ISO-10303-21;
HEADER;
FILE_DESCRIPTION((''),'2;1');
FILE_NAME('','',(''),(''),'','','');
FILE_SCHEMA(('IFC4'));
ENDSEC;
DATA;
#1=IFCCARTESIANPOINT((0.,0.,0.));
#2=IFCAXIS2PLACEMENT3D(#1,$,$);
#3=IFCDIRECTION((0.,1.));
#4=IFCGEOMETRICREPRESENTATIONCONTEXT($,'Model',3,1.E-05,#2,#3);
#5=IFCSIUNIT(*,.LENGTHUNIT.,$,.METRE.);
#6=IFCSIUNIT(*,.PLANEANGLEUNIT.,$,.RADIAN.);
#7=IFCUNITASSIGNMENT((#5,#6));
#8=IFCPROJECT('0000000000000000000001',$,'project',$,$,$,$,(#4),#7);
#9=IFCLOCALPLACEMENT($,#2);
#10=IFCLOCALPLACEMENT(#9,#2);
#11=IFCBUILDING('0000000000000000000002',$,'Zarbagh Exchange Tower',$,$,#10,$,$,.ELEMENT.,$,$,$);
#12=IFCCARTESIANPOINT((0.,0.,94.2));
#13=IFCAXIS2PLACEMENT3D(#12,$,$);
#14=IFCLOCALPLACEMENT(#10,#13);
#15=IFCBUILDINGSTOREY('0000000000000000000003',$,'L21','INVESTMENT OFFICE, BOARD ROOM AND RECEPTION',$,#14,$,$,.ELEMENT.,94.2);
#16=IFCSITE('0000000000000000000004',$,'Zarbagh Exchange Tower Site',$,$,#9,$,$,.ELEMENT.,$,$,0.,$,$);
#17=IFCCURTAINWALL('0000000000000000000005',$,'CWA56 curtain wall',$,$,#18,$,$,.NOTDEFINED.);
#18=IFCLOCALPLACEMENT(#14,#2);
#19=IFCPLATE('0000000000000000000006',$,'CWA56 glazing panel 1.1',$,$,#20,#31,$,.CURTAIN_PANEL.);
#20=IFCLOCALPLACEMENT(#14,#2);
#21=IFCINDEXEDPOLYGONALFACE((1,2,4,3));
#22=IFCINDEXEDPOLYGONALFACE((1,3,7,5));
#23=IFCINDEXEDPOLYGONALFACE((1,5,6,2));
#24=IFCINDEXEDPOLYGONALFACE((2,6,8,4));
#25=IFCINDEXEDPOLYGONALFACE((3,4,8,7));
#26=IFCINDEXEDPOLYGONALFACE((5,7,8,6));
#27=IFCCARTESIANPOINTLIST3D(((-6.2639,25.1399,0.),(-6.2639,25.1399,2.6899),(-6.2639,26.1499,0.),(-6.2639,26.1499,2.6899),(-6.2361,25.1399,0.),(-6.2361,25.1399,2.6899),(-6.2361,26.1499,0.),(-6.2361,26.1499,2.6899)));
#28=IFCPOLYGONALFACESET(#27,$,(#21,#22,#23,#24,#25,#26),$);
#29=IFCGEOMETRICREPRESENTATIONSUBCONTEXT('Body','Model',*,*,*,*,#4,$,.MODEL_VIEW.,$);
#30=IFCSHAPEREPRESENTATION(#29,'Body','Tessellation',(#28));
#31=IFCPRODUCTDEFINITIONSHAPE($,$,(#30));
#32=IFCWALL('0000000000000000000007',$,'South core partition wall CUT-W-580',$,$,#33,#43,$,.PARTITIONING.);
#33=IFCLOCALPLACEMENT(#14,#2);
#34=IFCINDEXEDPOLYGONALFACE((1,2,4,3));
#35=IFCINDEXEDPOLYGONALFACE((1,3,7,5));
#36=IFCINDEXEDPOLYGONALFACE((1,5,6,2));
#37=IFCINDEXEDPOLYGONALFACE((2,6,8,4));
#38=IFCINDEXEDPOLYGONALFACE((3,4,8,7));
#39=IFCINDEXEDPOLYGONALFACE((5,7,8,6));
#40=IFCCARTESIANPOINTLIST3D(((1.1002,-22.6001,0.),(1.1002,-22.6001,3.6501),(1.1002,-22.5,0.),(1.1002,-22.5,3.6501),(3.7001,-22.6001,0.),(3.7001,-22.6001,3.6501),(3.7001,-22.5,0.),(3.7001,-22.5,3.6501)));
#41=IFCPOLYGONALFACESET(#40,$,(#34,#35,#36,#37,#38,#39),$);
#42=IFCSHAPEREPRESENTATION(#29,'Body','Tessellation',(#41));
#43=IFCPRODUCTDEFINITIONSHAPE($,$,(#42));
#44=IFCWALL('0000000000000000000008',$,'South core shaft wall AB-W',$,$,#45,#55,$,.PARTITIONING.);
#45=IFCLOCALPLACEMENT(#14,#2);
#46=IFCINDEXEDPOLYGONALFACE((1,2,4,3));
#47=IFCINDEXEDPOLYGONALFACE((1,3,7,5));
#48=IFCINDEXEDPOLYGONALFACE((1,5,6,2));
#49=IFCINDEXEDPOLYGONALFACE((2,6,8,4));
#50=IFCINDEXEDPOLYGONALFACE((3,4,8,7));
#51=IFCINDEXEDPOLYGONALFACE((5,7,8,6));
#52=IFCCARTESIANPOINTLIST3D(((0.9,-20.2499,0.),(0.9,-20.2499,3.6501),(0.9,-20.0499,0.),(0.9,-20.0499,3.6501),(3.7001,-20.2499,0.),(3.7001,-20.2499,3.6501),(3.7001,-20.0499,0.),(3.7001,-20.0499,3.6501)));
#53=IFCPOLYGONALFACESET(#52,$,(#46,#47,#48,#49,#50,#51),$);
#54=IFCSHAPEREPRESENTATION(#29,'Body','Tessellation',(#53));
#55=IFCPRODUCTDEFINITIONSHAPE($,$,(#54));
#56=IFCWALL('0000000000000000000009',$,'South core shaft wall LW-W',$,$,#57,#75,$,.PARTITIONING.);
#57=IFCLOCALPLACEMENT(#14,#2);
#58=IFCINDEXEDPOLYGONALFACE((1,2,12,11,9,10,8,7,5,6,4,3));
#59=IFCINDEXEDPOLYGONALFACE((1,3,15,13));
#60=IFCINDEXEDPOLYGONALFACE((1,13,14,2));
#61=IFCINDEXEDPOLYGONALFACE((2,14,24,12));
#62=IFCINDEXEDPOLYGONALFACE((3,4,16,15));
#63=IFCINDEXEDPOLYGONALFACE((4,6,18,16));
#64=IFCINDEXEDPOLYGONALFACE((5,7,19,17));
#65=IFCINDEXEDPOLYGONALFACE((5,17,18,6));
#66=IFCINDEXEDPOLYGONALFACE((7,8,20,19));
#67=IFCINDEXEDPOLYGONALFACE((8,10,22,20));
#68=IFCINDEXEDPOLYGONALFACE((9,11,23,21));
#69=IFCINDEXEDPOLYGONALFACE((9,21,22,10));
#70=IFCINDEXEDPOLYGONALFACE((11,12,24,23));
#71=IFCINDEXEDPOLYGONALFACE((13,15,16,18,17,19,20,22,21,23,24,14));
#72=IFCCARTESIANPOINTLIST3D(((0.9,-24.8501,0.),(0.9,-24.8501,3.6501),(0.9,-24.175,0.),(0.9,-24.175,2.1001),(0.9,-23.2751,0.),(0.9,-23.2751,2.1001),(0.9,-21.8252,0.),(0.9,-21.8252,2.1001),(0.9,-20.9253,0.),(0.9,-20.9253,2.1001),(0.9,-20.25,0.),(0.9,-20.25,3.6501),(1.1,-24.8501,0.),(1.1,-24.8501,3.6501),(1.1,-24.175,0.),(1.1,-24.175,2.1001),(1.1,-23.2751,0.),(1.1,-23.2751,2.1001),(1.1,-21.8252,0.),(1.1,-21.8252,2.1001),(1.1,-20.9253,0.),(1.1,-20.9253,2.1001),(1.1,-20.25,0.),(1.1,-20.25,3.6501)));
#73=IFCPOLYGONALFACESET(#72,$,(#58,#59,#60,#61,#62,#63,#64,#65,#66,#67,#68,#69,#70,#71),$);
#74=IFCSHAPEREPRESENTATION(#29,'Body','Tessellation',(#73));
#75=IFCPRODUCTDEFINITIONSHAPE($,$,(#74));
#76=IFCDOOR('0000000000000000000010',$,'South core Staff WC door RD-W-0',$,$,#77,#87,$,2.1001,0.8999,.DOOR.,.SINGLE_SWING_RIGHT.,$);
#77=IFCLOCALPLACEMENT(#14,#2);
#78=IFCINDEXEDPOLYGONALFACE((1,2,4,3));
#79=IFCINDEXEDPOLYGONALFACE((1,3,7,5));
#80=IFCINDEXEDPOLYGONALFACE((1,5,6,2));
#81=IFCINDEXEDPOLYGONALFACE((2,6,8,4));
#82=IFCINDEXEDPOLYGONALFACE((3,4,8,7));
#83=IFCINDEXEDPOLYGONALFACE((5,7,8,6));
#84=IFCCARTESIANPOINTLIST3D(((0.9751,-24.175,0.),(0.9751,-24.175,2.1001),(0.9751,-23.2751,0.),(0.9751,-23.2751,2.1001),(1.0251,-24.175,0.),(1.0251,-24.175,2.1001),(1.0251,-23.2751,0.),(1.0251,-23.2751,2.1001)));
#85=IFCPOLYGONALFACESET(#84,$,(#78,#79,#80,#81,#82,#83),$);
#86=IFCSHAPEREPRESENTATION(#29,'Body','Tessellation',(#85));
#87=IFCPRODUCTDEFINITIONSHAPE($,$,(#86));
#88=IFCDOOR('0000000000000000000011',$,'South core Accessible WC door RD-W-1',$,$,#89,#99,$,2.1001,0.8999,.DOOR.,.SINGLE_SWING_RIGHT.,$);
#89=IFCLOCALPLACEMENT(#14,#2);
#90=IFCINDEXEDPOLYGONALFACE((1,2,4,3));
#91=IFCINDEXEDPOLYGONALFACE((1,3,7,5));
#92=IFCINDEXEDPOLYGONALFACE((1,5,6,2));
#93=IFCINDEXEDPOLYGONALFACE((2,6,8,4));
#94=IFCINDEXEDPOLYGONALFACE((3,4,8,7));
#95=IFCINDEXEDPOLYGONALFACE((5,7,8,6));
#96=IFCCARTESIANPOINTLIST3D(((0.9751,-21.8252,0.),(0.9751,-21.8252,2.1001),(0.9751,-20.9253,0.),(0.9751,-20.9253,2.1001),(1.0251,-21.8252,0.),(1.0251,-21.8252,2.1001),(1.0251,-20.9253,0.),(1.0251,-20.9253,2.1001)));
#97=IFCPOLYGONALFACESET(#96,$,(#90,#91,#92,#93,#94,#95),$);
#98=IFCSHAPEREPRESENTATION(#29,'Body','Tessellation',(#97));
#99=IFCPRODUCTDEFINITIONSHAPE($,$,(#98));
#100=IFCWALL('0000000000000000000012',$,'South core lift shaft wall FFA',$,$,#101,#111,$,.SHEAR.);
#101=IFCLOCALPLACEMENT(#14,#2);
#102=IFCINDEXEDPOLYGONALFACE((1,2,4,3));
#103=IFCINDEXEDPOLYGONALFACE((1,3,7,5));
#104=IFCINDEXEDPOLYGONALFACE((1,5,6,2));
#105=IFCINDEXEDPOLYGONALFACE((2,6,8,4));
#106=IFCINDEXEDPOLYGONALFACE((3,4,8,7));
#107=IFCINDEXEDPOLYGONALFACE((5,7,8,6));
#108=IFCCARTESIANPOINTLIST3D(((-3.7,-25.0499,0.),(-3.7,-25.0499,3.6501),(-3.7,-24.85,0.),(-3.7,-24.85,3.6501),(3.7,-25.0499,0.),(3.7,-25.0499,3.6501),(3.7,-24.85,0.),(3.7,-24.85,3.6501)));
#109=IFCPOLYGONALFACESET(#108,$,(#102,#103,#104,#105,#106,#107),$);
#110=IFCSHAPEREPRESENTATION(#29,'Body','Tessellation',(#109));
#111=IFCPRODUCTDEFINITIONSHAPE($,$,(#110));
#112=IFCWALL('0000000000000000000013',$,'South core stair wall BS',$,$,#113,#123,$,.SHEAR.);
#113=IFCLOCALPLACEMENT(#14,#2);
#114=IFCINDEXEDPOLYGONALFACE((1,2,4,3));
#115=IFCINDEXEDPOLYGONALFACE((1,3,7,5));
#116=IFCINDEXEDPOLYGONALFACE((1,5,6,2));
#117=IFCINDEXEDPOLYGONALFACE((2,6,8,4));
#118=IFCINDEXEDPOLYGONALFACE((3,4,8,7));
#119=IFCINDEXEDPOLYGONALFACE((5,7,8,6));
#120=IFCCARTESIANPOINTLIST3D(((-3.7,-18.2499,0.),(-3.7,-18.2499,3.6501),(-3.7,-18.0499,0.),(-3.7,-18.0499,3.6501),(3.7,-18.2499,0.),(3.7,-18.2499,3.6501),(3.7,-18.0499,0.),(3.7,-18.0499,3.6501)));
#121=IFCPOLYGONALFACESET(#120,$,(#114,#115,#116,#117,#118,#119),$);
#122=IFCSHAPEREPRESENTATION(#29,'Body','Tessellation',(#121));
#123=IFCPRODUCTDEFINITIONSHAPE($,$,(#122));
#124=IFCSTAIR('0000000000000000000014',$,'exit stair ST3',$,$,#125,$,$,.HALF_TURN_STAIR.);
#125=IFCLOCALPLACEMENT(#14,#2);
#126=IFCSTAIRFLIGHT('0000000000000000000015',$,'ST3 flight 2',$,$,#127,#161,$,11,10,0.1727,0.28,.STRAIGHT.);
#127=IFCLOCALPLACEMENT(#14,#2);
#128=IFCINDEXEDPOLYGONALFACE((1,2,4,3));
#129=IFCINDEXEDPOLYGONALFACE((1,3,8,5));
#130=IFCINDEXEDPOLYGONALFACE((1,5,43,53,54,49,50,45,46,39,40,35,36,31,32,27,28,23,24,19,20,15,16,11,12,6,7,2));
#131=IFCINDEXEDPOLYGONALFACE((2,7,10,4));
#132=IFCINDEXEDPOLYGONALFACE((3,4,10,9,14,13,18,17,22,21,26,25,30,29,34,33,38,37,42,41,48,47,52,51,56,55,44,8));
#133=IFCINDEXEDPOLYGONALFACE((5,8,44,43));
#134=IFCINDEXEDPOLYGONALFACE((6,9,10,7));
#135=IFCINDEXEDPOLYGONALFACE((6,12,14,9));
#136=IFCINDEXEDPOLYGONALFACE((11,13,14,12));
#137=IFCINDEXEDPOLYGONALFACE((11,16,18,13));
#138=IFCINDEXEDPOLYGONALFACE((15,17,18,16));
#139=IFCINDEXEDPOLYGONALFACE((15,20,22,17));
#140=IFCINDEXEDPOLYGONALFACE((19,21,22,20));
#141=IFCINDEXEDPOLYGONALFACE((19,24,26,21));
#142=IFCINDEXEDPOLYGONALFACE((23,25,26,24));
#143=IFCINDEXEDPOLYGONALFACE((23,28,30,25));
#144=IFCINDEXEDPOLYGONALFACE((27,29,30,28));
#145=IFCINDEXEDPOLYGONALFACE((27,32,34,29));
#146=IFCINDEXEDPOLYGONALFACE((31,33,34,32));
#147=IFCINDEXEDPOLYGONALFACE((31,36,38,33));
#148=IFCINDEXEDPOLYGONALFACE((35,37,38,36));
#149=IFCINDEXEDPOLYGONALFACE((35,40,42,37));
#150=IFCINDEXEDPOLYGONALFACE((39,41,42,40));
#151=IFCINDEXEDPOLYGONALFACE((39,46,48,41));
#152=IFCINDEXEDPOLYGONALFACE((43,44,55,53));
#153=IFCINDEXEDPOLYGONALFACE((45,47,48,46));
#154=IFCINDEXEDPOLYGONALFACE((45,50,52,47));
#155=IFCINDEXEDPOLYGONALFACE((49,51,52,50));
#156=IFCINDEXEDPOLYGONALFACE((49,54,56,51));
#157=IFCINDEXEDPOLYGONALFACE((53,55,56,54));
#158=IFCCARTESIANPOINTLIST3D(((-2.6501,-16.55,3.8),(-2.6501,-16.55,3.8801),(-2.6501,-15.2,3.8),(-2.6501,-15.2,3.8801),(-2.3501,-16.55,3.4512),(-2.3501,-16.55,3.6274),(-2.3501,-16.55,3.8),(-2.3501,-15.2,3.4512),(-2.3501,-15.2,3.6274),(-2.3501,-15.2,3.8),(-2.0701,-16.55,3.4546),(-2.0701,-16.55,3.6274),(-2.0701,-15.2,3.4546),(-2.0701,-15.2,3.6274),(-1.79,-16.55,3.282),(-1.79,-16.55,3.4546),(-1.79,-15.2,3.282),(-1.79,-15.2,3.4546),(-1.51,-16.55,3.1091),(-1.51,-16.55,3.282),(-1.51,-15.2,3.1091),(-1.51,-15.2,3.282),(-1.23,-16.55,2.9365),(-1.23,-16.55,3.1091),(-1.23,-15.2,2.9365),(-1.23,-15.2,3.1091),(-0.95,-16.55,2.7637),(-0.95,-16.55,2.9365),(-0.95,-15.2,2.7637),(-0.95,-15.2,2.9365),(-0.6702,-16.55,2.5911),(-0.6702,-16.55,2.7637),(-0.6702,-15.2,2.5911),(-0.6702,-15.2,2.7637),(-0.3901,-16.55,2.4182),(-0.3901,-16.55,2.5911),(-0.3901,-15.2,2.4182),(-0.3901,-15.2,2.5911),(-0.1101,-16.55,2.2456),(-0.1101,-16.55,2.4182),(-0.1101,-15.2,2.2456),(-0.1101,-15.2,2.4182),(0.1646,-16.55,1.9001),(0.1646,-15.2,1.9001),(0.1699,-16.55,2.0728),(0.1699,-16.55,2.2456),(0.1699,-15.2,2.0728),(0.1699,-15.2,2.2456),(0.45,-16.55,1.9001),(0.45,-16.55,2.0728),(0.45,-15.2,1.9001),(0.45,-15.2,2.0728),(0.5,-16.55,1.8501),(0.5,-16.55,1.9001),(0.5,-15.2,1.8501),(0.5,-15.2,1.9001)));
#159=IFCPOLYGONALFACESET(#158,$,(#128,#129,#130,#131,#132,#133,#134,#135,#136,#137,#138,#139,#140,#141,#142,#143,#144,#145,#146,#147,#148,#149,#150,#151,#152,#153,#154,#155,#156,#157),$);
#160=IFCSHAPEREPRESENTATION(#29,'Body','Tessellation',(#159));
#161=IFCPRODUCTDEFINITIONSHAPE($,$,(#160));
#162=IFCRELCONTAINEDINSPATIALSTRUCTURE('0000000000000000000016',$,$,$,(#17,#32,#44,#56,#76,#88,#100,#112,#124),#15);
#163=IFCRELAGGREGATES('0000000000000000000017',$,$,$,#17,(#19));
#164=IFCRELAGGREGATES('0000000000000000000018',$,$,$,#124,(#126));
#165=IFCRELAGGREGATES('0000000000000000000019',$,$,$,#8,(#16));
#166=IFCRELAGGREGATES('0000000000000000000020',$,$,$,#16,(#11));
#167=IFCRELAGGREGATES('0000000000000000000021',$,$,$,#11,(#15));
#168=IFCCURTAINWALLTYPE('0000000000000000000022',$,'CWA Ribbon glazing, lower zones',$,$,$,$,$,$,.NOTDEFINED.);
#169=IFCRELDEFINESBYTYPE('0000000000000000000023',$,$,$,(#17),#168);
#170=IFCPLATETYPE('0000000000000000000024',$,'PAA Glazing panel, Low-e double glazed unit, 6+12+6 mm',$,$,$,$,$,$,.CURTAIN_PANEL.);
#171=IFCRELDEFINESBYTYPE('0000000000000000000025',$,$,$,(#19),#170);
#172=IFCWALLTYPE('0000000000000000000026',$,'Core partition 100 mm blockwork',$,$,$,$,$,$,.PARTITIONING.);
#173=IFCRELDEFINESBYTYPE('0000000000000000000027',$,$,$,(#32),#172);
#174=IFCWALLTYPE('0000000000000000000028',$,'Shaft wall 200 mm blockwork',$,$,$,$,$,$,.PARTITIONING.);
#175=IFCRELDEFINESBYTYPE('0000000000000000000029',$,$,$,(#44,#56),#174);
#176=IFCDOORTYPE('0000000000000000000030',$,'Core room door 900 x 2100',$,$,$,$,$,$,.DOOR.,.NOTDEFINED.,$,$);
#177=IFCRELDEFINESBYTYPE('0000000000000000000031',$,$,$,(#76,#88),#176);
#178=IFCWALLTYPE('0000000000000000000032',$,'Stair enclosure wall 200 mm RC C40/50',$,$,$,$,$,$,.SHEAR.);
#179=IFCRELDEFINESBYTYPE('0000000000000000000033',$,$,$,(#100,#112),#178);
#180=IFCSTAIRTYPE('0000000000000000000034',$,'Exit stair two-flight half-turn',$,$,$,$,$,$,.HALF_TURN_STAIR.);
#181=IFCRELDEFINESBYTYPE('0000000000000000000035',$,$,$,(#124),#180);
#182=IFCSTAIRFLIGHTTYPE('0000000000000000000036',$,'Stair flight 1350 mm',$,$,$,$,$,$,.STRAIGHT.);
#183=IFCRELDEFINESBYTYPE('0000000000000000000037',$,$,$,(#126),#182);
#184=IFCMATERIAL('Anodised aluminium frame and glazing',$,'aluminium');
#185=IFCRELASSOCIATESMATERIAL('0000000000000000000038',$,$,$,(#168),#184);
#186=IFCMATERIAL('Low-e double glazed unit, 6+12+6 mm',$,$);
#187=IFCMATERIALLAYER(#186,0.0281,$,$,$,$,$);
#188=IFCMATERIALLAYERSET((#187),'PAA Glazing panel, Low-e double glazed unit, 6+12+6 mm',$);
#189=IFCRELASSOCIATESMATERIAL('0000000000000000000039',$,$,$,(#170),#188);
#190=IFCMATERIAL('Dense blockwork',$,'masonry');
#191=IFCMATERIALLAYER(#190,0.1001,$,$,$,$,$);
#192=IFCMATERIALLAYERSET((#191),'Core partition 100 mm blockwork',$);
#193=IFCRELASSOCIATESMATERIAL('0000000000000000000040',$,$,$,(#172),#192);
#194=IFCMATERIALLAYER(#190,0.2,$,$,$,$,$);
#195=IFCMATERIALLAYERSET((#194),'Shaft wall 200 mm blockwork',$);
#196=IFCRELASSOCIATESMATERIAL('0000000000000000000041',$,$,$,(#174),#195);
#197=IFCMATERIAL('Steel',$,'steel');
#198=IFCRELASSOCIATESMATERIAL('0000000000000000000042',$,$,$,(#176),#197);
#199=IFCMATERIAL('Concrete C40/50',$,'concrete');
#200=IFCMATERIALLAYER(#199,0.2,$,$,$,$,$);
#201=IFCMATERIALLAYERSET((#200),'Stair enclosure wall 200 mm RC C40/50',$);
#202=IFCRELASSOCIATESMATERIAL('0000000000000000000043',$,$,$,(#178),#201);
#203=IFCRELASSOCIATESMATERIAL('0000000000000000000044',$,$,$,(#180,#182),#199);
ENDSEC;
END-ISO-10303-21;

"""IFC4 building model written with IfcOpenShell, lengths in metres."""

from ifc_helpers import new_model, si_unit, direction, frame, frame_2d, origin, place, context, subcontext, project, spatial, polyline, rectangle, outline, extrude, source, transform, mapped, material, layer, layer_set, type_object, element, fill, aggregate, save


model = new_model("IFC4")

# Units and contexts
model_context = context("Model", 3, precision=1e-05, world=origin(), true_north=direction((0.0, 1.0)))
body_context = subcontext(model_context, "Body", "Model", "MODEL_VIEW")
ifc_project = project(units=[si_unit("LENGTHUNIT", "METRE"), si_unit("PLANEANGLEUNIT", "RADIAN")], contexts=[model_context])

# Site, building, storey
site_placement = place(None, origin())
site = spatial("IfcSite", under=ifc_project, at=site_placement, Name="Zarbagh Exchange Tower Site", CompositionType="ELEMENT", RefElevation=0.0)
building_placement = place(site_placement, origin())
building = spatial("IfcBuilding", under=site, at=building_placement, Name="Zarbagh Exchange Tower", CompositionType="ELEMENT")
storey_placement = place(building_placement, frame((0.0, 0.0, 94.2)))
storey = spatial("IfcBuildingStorey", under=building, at=storey_placement, Name="L21", Description="INVESTMENT OFFICE, BOARD ROOM AND RECEPTION", CompositionType="ELEMENT", Elevation=94.2)

# Shared definitions
ifc_material_1 = material(Name="Anodised aluminium frame and glazing", Category="aluminium")
curtain_wall_type = type_object("IfcCurtainWallType", Name="CWA Ribbon glazing, lower zones", PredefinedType="NOTDEFINED", material=ifc_material_1)
placement = place(storey_placement, origin())

# Curtain wall
curtain_wall_1_placement = place(storey_placement, origin())
curtain_wall_1 = element("IfcCurtainWall", 1, at=curtain_wall_1_placement, inside=storey, type_object=curtain_wall_type, Name="CWA56 curtain wall", PredefinedType="NOTDEFINED")

# Shared definitions
ifc_material_2 = material(Name="Low-e double glazed unit, 6+12+6 mm")
ifc_layer_1 = layer(ifc_material_2, 0.0281)
ifc_layer_set_1 = layer_set([ifc_layer_1], Name="PAA Glazing panel, Low-e double glazed unit, 6+12+6 mm")
plate_type = type_object("IfcPlateType", Name="PAA Glazing panel, Low-e double glazed unit, 6+12+6 mm", PredefinedType="CURTAIN_PANEL", material=ifc_layer_set_1)

# Plate
shared_shape_1 = source(origin(), body_context, "Body", "SweptSolid", [
    extrude(outline(polyline([(0.0, -0.0139), (1.01, -0.0139), (1.01, 0.0139), (0.0, 0.0139), (0.0, -0.0139)])), origin(), (0.0, 0.0, 1.0), 2.6899),
])
plate_1 = element("IfcPlate", 2, at=placement, type_object=plate_type, Name="CWA56 glazing panel 1.1", PredefinedType="CURTAIN_PANEL", context=body_context, shape_type="MappedRepresentation", body=[
    mapped(shared_shape_1, transform((-6.25, 26.1499, 0.0), x_axis=(0.0, -1.0, 0.0), y_axis=(1.0, 0.0, 0.0), z_axis=(0.0, 0.0, 1.0))),
])
aggregate(curtain_wall_1, [plate_1])

# Walls
ifc_material_3 = material(Name="Dense blockwork", Category="masonry")
ifc_layer_2 = layer(ifc_material_3, 0.1001)
ifc_layer_set_2 = layer_set([ifc_layer_2], Name="Core partition 100 mm blockwork")
wall_type_1 = type_object("IfcWallType", Name="Core partition 100 mm blockwork", PredefinedType="PARTITIONING", material=ifc_layer_set_2)
wall_1_placement = place(storey_placement, frame((3.7, -22.55, 0.0), z_axis=(0.0, 0.0, 1.0), x_axis=(-1.0, 0.0, 0.0)))
element("IfcWall", 3, at=wall_1_placement, inside=storey, type_object=wall_type_1, Name="South core partition wall CUT-W-580", PredefinedType="PARTITIONING", context=body_context, shape_type="SweptSolid", body=[
    extrude(rectangle(XDim=2.5999, YDim=0.1001, at=frame_2d((1.2998, 0.0))), origin(), (0.0, 0.0, 1.0), 3.6501),
])
ifc_layer_3 = layer(ifc_material_3, 0.2)
ifc_layer_set_3 = layer_set([ifc_layer_3], Name="Shaft wall 200 mm blockwork")
wall_type_2 = type_object("IfcWallType", Name="Shaft wall 200 mm blockwork", PredefinedType="PARTITIONING", material=ifc_layer_set_3)
wall_2_placement = place(storey_placement, frame((3.7, -20.1499, 0.0), z_axis=(0.0, 0.0, 1.0), x_axis=(-1.0, 0.0, 0.0)))
element("IfcWall", 4, at=wall_2_placement, inside=storey, type_object=wall_type_2, Name="South core shaft wall AB-W", PredefinedType="PARTITIONING", context=body_context, shape_type="SweptSolid", body=[
    extrude(rectangle(XDim=2.8, YDim=0.2, at=frame_2d((1.3999, 0.0))), origin(), (0.0, 0.0, 1.0), 3.6501),
])

# Wall, openings, doors
wall_3_placement = place(storey_placement, frame((1.0, -24.8501, 0.0), z_axis=(0.0, 0.0, 1.0), x_axis=(0.0, 1.0, 0.0)))
wall_3 = element("IfcWall", 5, at=wall_3_placement, inside=storey, type_object=wall_type_2, Name="South core shaft wall LW-W", PredefinedType="PARTITIONING", context=body_context, shape_type="SweptSolid", body=[
    extrude(rectangle(XDim=4.6001, YDim=0.2, at=frame_2d((2.3, 0.0))), origin(), (0.0, 0.0, 1.0), 3.6501),
])
opening_1_placement = place(wall_3_placement, frame((0.675, 0.0, 0.0)))
opening_1 = element("IfcOpeningElement", 6, at=opening_1_placement, cuts=wall_3, PredefinedType="OPENING", context=body_context, shape_type="SweptSolid", body=[
    extrude(rectangle(XDim=0.8999, YDim=2.1001, at=frame_2d((0.45, 1.05))), frame((0.0, 0.1099, 0.0), z_axis=(0.0, -1.0, 0.0), x_axis=(1.0, 0.0, 0.0)), (0.0, 0.0, 1.0), 0.22),
])
opening_2_placement = place(wall_3_placement, frame((3.0249, 0.0, 0.0)))
opening_2 = element("IfcOpeningElement", 7, at=opening_2_placement, cuts=wall_3, PredefinedType="OPENING", context=body_context, shape_type="SweptSolid", body=[
    extrude(rectangle(XDim=0.8999, YDim=2.1001, at=frame_2d((0.45, 1.05))), frame((0.0, 0.1099, 0.0), z_axis=(0.0, -1.0, 0.0), x_axis=(1.0, 0.0, 0.0)), (0.0, 0.0, 1.0), 0.22),
])
ifc_material_4 = material(Name="Steel", Category="steel")
door_type = type_object("IfcDoorType", Name="Core room door 900 x 2100", OperationType="NOTDEFINED", PredefinedType="DOOR", material=ifc_material_4)
door_1_placement = place(opening_1_placement, origin())
door_1 = element("IfcDoor", 8, at=door_1_placement, inside=storey, type_object=door_type, Name="South core Staff WC door RD-W-0", OperationType="SINGLE_SWING_RIGHT", OverallHeight=2.1001, OverallWidth=0.8999, PredefinedType="DOOR", context=body_context, shape_type="SweptSolid", body=[
    extrude(rectangle(XDim=0.8999, YDim=2.1001, at=frame_2d((0.45, 1.05))), frame((0.0, 0.0249, 0.0), z_axis=(0.0, -1.0, 0.0), x_axis=(1.0, 0.0, 0.0)), (0.0, 0.0, 1.0), 0.05),
])
fill(opening_1, door_1)
door_2_placement = place(opening_2_placement, origin())
door_2 = element("IfcDoor", 9, at=door_2_placement, inside=storey, type_object=door_type, Name="South core Accessible WC door RD-W-1", OperationType="SINGLE_SWING_RIGHT", OverallHeight=2.1001, OverallWidth=0.8999, PredefinedType="DOOR", context=body_context, shape_type="SweptSolid", body=[
    extrude(rectangle(XDim=0.8999, YDim=2.1001, at=frame_2d((0.45, 1.05))), frame((0.0, 0.0249, 0.0), z_axis=(0.0, -1.0, 0.0), x_axis=(1.0, 0.0, 0.0)), (0.0, 0.0, 1.0), 0.05),
])
fill(opening_2, door_2)

# Walls
ifc_material_5 = material(Name="Concrete C40/50", Category="concrete")
ifc_layer_4 = layer(ifc_material_5, 0.2)
ifc_layer_set_4 = layer_set([ifc_layer_4], Name="Stair enclosure wall 200 mm RC C40/50")
wall_type_3 = type_object("IfcWallType", Name="Stair enclosure wall 200 mm RC C40/50", PredefinedType="SHEAR", material=ifc_layer_set_4)
for number, where, z_axis, x_axis, name in (
    (10, (3.7, -24.95, 0.0), (0.0, 0.0, 1.0), (-1.0, 0.0, 0.0), "South core lift shaft wall FFA"),
    (11, (3.7, -18.1499, 0.0), (0.0, 0.0, 1.0), (-1.0, 0.0, 0.0), "South core stair wall BS"),
):
    element("IfcWall", number, at=place(storey_placement, frame(where, z_axis=z_axis, x_axis=x_axis)), inside=storey, type_object=wall_type_3, Name=name, PredefinedType="SHEAR", context=body_context, shape_type="SweptSolid", body=[
        extrude(rectangle(XDim=7.3999, YDim=0.2, at=frame_2d((3.7, 0.0))), origin(), (0.0, 0.0, 1.0), 3.6501),
    ])

# Stair, stair flight
stair_type = type_object("IfcStairType", Name="Exit stair two-flight half-turn", PredefinedType="HALF_TURN_STAIR", material=ifc_material_5)
stair_1_placement = place(storey_placement, origin())
stair_1 = element("IfcStair", 12, at=stair_1_placement, inside=storey, type_object=stair_type, Name="exit stair ST3", PredefinedType="HALF_TURN_STAIR")
stair_flight_type_1 = type_object("IfcStairFlightType", Name="Stair flight 1350 mm", PredefinedType="STRAIGHT", material=ifc_material_5)
stair_flight_1_placement = place(storey_placement, frame((0.45, -15.875, 1.9001), z_axis=(0.0, 0.0, 1.0), x_axis=(-1.0, 0.0, 0.0)))
stair_flight_1 = element("IfcStairFlight", 13, at=stair_flight_1_placement, type_object=stair_flight_type_1, Name="ST3 flight 2", NumberOfRisers=11, NumberOfTreads=10, PredefinedType="STRAIGHT", RiserHeight=0.1727, TreadLength=0.28, context=body_context, shape_type="SweptSolid", body=[
    extrude(outline(polyline([(-0.05, -0.05), (-0.05, 0.0), (0.0, 0.0), (0.0, 0.1726), (0.28, 0.1726), (0.28, 0.3455), (0.5601, 0.3455), (0.5601, 0.5181), (0.8401, 0.5181), (0.8401, 0.6909), (1.1201, 0.6909), (1.1201, 0.8635), (1.3999, 0.8635), (1.3999, 1.0364), (1.6799, 1.0364), (1.6799, 1.209), (1.96, 1.209), (1.96, 1.3818), (2.24, 1.3818), (2.24, 1.5544), (2.52, 1.5544), (2.52, 1.7273), (2.8, 1.7273), (2.8, 1.8999), (3.1001, 1.98), (3.1001, 1.8999), (2.8, 1.551), (0.2854, 0.0), (-0.05, -0.05)])), frame((0.0, 0.675, 0.0), z_axis=(0.0, -1.0, 0.0), x_axis=(1.0, 0.0, 0.0)), (0.0, 0.0, 1.0), 1.3501),
])
aggregate(stair_1, [stair_flight_1])

save(model, "model.ifc")
